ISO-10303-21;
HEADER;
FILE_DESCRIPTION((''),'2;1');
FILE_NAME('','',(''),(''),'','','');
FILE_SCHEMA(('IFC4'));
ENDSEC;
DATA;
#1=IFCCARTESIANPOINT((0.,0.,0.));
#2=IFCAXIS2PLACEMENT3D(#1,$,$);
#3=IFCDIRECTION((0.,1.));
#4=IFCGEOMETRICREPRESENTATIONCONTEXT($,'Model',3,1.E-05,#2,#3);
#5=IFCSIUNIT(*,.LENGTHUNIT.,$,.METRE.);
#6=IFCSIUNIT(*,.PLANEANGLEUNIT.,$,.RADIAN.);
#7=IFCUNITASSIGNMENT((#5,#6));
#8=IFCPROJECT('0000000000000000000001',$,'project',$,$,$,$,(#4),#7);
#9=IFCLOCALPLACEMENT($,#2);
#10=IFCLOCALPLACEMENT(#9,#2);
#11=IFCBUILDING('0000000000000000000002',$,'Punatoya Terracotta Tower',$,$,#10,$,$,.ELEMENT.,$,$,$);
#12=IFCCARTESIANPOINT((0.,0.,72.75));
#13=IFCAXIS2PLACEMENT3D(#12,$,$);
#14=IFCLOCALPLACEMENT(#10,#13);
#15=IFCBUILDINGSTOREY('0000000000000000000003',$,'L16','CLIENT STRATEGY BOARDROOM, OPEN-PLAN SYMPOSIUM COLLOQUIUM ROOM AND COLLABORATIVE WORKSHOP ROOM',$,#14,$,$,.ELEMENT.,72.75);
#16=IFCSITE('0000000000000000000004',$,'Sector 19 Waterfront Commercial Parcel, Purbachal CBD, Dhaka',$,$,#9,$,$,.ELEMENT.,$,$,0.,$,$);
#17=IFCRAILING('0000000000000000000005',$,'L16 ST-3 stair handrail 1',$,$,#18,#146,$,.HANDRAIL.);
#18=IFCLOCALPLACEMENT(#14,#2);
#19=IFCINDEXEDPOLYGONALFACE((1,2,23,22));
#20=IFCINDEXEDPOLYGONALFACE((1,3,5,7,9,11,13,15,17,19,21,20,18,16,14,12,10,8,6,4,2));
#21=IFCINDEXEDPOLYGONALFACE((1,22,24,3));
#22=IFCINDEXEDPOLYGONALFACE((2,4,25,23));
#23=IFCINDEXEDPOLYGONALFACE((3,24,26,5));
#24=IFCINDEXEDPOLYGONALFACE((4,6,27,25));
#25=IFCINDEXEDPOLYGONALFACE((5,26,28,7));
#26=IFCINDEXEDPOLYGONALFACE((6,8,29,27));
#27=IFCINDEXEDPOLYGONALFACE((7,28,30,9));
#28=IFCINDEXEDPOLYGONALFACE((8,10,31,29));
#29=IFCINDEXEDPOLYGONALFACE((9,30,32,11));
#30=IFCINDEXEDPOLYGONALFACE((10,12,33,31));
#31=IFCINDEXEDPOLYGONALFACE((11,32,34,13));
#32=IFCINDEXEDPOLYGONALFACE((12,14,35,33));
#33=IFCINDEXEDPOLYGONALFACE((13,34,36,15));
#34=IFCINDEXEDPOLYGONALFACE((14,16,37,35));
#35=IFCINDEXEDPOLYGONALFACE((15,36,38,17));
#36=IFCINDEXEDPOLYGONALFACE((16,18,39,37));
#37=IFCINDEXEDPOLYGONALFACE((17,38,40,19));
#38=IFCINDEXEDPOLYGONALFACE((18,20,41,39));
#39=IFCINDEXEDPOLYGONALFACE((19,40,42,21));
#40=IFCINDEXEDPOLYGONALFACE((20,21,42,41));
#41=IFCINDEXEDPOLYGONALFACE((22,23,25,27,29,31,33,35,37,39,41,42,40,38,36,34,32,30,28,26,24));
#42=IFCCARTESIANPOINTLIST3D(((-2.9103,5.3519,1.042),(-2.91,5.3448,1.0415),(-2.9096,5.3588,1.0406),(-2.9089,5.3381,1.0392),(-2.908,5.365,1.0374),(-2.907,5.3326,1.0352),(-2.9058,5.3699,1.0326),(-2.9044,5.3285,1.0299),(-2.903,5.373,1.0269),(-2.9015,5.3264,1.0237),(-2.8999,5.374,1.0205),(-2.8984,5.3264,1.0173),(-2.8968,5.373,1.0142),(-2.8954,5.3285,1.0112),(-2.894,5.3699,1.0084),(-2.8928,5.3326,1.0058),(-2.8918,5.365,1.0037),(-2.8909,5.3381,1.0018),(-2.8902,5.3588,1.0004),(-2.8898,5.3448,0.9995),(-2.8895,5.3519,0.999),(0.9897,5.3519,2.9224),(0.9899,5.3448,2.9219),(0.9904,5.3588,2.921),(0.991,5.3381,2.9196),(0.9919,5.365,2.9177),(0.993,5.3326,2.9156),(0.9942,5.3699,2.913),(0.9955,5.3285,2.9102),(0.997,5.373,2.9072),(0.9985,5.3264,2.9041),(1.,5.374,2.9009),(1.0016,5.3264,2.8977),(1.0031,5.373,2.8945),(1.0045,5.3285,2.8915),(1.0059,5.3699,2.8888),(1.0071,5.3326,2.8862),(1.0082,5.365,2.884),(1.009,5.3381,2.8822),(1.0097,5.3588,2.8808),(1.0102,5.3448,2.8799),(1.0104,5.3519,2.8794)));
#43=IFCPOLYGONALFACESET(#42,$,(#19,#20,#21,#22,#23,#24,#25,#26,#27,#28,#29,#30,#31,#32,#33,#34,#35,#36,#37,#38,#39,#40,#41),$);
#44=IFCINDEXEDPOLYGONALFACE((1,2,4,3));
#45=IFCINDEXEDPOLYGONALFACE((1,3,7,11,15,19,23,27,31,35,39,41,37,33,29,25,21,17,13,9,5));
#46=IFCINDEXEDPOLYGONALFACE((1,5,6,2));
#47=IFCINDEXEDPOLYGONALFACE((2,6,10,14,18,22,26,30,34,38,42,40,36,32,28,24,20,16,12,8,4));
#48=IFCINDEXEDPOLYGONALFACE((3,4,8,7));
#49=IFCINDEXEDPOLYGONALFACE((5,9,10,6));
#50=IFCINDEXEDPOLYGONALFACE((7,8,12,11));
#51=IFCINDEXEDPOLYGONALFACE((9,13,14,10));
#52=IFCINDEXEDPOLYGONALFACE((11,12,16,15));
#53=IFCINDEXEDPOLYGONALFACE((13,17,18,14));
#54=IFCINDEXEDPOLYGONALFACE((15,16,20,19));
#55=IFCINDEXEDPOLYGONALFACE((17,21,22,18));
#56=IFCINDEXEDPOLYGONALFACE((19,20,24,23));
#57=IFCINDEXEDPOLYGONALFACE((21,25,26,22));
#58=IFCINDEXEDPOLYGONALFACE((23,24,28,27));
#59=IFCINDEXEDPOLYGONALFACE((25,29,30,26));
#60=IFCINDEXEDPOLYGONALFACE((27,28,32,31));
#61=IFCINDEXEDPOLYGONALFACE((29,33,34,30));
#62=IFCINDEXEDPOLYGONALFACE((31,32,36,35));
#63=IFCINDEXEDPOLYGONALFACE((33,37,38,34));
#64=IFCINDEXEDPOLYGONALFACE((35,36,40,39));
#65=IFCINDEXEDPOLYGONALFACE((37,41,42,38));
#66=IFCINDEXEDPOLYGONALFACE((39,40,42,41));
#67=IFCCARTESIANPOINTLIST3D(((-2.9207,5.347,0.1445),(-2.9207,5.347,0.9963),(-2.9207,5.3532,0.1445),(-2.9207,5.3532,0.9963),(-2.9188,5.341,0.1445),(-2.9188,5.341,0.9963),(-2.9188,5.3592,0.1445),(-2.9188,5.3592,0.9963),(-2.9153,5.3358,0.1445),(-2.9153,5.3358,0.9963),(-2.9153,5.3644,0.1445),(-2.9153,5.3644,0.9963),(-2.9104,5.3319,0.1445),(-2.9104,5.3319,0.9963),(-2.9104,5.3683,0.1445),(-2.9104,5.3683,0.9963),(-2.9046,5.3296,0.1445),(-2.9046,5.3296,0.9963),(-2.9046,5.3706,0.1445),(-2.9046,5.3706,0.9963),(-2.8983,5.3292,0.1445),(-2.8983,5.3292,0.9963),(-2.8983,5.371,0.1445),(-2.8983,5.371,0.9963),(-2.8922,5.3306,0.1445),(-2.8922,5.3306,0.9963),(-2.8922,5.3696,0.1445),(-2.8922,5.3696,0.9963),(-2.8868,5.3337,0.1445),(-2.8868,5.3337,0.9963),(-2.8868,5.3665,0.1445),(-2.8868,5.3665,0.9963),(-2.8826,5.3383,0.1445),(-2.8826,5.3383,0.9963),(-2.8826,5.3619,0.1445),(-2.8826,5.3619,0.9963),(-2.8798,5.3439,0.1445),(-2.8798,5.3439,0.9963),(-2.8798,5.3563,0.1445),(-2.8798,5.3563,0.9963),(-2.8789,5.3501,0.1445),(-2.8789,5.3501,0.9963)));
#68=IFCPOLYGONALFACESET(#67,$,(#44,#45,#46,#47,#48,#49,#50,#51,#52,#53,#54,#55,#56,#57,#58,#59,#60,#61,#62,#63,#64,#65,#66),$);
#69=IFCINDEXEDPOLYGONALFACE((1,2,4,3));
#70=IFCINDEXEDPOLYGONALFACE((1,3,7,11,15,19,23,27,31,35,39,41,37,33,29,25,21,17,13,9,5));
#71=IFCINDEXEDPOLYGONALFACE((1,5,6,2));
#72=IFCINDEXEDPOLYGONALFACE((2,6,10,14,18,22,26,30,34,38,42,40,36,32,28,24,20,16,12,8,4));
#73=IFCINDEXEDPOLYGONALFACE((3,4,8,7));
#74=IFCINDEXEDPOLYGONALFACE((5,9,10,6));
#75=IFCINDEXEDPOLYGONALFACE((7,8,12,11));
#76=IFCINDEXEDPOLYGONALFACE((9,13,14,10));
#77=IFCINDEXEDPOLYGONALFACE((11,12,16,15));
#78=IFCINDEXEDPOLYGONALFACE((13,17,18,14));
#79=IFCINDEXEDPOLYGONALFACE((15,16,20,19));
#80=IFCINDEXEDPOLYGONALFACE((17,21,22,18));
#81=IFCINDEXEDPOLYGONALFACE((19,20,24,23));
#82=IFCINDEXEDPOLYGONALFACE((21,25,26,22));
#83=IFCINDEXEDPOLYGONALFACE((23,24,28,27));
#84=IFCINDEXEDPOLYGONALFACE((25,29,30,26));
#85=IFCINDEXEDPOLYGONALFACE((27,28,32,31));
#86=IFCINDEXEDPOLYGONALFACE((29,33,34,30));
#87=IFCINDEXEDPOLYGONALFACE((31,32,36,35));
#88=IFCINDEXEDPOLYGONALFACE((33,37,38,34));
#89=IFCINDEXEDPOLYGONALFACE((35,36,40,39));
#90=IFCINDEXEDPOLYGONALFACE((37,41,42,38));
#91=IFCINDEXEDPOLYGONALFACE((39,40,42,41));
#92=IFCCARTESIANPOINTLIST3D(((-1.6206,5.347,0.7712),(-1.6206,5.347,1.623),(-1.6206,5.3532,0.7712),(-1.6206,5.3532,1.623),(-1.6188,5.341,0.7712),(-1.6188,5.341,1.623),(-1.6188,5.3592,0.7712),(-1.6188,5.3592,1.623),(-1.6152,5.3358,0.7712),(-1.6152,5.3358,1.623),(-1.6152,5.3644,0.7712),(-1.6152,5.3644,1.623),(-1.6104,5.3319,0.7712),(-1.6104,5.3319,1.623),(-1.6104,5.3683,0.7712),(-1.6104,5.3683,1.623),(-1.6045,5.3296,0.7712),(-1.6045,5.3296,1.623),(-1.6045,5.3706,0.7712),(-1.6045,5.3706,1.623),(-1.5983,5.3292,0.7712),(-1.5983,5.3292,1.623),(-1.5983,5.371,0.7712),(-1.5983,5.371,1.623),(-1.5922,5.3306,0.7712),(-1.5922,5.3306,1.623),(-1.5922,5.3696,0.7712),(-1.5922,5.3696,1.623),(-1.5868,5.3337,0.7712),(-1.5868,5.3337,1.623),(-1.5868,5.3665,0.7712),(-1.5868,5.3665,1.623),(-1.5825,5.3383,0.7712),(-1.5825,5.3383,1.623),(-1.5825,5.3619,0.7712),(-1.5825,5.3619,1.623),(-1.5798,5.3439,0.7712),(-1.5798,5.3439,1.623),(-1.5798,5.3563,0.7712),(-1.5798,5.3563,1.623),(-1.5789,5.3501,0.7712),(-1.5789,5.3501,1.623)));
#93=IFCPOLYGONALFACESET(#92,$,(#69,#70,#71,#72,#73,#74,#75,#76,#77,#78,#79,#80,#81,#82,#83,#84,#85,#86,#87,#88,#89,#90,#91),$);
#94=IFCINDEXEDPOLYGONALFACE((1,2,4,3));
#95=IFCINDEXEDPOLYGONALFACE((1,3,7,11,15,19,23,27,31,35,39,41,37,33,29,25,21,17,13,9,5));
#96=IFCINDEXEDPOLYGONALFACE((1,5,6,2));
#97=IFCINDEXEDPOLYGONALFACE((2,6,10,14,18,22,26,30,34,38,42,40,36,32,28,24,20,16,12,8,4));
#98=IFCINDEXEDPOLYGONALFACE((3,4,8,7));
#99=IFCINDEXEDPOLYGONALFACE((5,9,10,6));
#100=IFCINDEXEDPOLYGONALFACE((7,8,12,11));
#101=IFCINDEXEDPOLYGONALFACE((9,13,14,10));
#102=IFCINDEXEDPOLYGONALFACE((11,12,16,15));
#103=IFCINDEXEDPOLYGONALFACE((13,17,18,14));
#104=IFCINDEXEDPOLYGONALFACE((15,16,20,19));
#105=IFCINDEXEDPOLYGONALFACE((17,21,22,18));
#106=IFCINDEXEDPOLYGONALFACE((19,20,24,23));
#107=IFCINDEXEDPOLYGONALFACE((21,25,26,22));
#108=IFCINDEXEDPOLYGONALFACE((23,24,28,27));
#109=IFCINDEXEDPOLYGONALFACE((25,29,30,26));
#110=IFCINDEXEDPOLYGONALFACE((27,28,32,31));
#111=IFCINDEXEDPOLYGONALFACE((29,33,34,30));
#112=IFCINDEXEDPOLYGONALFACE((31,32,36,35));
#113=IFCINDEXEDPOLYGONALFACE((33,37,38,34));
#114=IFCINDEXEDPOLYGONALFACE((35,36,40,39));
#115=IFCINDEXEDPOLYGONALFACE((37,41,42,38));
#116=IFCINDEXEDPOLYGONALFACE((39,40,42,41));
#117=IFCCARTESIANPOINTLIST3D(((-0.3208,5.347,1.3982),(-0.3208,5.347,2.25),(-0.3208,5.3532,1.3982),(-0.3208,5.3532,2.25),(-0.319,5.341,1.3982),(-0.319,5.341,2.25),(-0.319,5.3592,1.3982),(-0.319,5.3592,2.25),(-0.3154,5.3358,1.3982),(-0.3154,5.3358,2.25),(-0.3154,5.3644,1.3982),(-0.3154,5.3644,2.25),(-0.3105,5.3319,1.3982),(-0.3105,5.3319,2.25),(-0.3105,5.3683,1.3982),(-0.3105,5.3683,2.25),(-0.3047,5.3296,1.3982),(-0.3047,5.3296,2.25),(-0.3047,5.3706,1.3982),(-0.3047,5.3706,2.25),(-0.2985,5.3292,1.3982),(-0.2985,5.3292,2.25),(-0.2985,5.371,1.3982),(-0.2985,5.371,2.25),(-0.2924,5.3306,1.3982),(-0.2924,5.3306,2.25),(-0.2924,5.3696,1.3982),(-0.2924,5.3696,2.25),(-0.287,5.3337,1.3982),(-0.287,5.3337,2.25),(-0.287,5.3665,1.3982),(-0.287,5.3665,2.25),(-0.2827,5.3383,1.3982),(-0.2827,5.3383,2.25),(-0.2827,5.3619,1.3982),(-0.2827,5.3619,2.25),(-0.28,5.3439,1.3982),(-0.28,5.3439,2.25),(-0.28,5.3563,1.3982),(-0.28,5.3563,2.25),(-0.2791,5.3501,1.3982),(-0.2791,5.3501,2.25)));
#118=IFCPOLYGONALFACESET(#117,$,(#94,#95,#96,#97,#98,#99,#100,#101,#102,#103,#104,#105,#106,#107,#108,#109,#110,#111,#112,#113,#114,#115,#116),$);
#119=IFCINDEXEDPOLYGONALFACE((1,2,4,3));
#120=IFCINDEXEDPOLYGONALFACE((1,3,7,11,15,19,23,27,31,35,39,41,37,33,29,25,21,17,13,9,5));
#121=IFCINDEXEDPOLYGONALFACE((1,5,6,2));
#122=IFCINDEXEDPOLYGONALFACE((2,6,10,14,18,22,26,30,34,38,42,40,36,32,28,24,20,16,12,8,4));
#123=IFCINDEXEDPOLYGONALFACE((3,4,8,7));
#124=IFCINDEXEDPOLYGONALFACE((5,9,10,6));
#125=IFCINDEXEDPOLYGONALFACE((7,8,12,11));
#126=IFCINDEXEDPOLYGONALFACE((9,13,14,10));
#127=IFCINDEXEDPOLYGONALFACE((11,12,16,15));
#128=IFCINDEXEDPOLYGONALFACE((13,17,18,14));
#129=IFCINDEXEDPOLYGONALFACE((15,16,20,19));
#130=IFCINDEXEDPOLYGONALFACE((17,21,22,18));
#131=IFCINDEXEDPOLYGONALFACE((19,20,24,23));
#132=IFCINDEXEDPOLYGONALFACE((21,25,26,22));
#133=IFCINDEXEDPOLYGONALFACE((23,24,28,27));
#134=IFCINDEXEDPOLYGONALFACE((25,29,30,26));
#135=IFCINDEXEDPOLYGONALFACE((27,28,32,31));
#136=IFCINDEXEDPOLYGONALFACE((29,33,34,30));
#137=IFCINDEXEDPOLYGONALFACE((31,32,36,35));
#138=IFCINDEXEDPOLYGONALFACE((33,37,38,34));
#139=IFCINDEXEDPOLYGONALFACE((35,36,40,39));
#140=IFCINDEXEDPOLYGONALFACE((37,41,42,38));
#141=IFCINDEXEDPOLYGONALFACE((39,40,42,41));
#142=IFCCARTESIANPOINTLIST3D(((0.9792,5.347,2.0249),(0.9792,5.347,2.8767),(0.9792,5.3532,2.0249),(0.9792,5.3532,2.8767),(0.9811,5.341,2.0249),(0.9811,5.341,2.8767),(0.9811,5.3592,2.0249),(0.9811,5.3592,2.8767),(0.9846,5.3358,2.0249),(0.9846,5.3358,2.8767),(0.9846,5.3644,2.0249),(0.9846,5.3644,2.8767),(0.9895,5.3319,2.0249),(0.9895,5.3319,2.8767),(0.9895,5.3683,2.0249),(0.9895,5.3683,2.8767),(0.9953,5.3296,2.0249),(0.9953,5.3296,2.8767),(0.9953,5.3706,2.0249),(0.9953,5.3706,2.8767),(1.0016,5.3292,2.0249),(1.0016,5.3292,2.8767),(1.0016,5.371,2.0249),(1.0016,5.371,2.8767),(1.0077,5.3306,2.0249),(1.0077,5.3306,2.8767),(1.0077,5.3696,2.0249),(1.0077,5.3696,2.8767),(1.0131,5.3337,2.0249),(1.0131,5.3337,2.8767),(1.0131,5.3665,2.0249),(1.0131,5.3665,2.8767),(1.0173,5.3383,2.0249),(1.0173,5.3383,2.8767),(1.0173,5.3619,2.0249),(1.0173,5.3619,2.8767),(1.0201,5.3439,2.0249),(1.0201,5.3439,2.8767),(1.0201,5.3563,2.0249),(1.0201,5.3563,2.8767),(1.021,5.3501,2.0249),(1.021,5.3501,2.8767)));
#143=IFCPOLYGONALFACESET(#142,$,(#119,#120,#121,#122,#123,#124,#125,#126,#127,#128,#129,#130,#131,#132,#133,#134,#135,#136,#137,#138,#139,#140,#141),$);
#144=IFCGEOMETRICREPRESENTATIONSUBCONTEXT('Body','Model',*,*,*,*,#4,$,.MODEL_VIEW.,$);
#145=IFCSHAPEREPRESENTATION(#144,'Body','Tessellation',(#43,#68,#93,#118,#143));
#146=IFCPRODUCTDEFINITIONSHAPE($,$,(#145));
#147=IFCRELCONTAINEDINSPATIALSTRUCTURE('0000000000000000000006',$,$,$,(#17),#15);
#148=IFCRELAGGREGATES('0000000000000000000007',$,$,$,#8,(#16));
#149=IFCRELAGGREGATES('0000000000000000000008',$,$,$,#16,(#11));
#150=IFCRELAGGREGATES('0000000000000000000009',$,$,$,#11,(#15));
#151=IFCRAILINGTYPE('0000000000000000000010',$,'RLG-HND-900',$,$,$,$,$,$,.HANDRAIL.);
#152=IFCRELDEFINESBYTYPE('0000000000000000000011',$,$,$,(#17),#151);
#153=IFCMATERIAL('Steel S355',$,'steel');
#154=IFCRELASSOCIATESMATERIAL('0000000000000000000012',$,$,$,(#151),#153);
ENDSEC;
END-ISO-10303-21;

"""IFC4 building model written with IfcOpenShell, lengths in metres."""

from ifc_helpers import new_model, si_unit, direction, frame, origin, origin_2d, place, context, subcontext, project, spatial, circle, extrude, material, type_object, element, save


model = new_model("IFC4")

# Units and contexts
model_context = context("Model", 3, precision=1e-05, world=origin(), true_north=direction((0.0, 1.0)))
body_context = subcontext(model_context, "Body", "Model", "MODEL_VIEW")
ifc_project = project(units=[si_unit("LENGTHUNIT", "METRE"), si_unit("PLANEANGLEUNIT", "RADIAN")], contexts=[model_context])

# Site, building, storey
site_placement = place(None, origin())
site = spatial("IfcSite", under=ifc_project, at=site_placement, Name="Sector 19 Waterfront Commercial Parcel, Purbachal CBD, Dhaka", CompositionType="ELEMENT", RefElevation=0.0)
building_placement = place(site_placement, origin())
building = spatial("IfcBuilding", under=site, at=building_placement, Name="Punatoya Terracotta Tower", CompositionType="ELEMENT")
storey_placement = place(building_placement, frame((0.0, 0.0, 72.75)))
storey = spatial("IfcBuildingStorey", under=building, at=storey_placement, Name="L16", Description="CLIENT STRATEGY BOARDROOM, OPEN-PLAN SYMPOSIUM COLLOQUIUM ROOM AND COLLABORATIVE WORKSHOP ROOM", CompositionType="ELEMENT", Elevation=72.75)

# Shared definitions
ifc_material_1 = material(Name="Steel S355", Category="steel")

# Railing
railing_type_1 = type_object("IfcRailingType", Name="RLG-HND-900", PredefinedType="HANDRAIL", material=ifc_material_1)
railing_1_placement = place(storey_placement, frame((-2.8999, 5.3501, 0.1445)))
element("IfcRailing", 1, at=railing_1_placement, inside=storey, type_object=railing_type_1, Name="L16 ST-3 stair handrail 1", PredefinedType="HANDRAIL", context=body_context, shape_type="SweptSolid", body=[
    extrude(circle(Radius=0.0239, at=origin_2d()), frame((0.0, 0.0, 0.876), z_axis=(0.900763, 0.0, 0.434311), x_axis=(0.0, 1.0, 0.0)), (0.0, 0.0, 1.0), 4.3296),
    extrude(circle(Radius=0.021, at=origin_2d()), origin(), (0.0, 0.0, 1.0), 0.8518),
    extrude(circle(Radius=0.021, at=origin_2d()), frame((1.3, 0.0, 0.6267)), (0.0, 0.0, 1.0), 0.8518),
    extrude(circle(Radius=0.021, at=origin_2d()), frame((2.5999, 0.0, 1.2537)), (0.0, 0.0, 1.0), 0.8518),
    extrude(circle(Radius=0.021, at=origin_2d()), frame((3.8999, 0.0, 1.8804)), (0.0, 0.0, 1.0), 0.8518),
])

save(model, "model.ifc")
